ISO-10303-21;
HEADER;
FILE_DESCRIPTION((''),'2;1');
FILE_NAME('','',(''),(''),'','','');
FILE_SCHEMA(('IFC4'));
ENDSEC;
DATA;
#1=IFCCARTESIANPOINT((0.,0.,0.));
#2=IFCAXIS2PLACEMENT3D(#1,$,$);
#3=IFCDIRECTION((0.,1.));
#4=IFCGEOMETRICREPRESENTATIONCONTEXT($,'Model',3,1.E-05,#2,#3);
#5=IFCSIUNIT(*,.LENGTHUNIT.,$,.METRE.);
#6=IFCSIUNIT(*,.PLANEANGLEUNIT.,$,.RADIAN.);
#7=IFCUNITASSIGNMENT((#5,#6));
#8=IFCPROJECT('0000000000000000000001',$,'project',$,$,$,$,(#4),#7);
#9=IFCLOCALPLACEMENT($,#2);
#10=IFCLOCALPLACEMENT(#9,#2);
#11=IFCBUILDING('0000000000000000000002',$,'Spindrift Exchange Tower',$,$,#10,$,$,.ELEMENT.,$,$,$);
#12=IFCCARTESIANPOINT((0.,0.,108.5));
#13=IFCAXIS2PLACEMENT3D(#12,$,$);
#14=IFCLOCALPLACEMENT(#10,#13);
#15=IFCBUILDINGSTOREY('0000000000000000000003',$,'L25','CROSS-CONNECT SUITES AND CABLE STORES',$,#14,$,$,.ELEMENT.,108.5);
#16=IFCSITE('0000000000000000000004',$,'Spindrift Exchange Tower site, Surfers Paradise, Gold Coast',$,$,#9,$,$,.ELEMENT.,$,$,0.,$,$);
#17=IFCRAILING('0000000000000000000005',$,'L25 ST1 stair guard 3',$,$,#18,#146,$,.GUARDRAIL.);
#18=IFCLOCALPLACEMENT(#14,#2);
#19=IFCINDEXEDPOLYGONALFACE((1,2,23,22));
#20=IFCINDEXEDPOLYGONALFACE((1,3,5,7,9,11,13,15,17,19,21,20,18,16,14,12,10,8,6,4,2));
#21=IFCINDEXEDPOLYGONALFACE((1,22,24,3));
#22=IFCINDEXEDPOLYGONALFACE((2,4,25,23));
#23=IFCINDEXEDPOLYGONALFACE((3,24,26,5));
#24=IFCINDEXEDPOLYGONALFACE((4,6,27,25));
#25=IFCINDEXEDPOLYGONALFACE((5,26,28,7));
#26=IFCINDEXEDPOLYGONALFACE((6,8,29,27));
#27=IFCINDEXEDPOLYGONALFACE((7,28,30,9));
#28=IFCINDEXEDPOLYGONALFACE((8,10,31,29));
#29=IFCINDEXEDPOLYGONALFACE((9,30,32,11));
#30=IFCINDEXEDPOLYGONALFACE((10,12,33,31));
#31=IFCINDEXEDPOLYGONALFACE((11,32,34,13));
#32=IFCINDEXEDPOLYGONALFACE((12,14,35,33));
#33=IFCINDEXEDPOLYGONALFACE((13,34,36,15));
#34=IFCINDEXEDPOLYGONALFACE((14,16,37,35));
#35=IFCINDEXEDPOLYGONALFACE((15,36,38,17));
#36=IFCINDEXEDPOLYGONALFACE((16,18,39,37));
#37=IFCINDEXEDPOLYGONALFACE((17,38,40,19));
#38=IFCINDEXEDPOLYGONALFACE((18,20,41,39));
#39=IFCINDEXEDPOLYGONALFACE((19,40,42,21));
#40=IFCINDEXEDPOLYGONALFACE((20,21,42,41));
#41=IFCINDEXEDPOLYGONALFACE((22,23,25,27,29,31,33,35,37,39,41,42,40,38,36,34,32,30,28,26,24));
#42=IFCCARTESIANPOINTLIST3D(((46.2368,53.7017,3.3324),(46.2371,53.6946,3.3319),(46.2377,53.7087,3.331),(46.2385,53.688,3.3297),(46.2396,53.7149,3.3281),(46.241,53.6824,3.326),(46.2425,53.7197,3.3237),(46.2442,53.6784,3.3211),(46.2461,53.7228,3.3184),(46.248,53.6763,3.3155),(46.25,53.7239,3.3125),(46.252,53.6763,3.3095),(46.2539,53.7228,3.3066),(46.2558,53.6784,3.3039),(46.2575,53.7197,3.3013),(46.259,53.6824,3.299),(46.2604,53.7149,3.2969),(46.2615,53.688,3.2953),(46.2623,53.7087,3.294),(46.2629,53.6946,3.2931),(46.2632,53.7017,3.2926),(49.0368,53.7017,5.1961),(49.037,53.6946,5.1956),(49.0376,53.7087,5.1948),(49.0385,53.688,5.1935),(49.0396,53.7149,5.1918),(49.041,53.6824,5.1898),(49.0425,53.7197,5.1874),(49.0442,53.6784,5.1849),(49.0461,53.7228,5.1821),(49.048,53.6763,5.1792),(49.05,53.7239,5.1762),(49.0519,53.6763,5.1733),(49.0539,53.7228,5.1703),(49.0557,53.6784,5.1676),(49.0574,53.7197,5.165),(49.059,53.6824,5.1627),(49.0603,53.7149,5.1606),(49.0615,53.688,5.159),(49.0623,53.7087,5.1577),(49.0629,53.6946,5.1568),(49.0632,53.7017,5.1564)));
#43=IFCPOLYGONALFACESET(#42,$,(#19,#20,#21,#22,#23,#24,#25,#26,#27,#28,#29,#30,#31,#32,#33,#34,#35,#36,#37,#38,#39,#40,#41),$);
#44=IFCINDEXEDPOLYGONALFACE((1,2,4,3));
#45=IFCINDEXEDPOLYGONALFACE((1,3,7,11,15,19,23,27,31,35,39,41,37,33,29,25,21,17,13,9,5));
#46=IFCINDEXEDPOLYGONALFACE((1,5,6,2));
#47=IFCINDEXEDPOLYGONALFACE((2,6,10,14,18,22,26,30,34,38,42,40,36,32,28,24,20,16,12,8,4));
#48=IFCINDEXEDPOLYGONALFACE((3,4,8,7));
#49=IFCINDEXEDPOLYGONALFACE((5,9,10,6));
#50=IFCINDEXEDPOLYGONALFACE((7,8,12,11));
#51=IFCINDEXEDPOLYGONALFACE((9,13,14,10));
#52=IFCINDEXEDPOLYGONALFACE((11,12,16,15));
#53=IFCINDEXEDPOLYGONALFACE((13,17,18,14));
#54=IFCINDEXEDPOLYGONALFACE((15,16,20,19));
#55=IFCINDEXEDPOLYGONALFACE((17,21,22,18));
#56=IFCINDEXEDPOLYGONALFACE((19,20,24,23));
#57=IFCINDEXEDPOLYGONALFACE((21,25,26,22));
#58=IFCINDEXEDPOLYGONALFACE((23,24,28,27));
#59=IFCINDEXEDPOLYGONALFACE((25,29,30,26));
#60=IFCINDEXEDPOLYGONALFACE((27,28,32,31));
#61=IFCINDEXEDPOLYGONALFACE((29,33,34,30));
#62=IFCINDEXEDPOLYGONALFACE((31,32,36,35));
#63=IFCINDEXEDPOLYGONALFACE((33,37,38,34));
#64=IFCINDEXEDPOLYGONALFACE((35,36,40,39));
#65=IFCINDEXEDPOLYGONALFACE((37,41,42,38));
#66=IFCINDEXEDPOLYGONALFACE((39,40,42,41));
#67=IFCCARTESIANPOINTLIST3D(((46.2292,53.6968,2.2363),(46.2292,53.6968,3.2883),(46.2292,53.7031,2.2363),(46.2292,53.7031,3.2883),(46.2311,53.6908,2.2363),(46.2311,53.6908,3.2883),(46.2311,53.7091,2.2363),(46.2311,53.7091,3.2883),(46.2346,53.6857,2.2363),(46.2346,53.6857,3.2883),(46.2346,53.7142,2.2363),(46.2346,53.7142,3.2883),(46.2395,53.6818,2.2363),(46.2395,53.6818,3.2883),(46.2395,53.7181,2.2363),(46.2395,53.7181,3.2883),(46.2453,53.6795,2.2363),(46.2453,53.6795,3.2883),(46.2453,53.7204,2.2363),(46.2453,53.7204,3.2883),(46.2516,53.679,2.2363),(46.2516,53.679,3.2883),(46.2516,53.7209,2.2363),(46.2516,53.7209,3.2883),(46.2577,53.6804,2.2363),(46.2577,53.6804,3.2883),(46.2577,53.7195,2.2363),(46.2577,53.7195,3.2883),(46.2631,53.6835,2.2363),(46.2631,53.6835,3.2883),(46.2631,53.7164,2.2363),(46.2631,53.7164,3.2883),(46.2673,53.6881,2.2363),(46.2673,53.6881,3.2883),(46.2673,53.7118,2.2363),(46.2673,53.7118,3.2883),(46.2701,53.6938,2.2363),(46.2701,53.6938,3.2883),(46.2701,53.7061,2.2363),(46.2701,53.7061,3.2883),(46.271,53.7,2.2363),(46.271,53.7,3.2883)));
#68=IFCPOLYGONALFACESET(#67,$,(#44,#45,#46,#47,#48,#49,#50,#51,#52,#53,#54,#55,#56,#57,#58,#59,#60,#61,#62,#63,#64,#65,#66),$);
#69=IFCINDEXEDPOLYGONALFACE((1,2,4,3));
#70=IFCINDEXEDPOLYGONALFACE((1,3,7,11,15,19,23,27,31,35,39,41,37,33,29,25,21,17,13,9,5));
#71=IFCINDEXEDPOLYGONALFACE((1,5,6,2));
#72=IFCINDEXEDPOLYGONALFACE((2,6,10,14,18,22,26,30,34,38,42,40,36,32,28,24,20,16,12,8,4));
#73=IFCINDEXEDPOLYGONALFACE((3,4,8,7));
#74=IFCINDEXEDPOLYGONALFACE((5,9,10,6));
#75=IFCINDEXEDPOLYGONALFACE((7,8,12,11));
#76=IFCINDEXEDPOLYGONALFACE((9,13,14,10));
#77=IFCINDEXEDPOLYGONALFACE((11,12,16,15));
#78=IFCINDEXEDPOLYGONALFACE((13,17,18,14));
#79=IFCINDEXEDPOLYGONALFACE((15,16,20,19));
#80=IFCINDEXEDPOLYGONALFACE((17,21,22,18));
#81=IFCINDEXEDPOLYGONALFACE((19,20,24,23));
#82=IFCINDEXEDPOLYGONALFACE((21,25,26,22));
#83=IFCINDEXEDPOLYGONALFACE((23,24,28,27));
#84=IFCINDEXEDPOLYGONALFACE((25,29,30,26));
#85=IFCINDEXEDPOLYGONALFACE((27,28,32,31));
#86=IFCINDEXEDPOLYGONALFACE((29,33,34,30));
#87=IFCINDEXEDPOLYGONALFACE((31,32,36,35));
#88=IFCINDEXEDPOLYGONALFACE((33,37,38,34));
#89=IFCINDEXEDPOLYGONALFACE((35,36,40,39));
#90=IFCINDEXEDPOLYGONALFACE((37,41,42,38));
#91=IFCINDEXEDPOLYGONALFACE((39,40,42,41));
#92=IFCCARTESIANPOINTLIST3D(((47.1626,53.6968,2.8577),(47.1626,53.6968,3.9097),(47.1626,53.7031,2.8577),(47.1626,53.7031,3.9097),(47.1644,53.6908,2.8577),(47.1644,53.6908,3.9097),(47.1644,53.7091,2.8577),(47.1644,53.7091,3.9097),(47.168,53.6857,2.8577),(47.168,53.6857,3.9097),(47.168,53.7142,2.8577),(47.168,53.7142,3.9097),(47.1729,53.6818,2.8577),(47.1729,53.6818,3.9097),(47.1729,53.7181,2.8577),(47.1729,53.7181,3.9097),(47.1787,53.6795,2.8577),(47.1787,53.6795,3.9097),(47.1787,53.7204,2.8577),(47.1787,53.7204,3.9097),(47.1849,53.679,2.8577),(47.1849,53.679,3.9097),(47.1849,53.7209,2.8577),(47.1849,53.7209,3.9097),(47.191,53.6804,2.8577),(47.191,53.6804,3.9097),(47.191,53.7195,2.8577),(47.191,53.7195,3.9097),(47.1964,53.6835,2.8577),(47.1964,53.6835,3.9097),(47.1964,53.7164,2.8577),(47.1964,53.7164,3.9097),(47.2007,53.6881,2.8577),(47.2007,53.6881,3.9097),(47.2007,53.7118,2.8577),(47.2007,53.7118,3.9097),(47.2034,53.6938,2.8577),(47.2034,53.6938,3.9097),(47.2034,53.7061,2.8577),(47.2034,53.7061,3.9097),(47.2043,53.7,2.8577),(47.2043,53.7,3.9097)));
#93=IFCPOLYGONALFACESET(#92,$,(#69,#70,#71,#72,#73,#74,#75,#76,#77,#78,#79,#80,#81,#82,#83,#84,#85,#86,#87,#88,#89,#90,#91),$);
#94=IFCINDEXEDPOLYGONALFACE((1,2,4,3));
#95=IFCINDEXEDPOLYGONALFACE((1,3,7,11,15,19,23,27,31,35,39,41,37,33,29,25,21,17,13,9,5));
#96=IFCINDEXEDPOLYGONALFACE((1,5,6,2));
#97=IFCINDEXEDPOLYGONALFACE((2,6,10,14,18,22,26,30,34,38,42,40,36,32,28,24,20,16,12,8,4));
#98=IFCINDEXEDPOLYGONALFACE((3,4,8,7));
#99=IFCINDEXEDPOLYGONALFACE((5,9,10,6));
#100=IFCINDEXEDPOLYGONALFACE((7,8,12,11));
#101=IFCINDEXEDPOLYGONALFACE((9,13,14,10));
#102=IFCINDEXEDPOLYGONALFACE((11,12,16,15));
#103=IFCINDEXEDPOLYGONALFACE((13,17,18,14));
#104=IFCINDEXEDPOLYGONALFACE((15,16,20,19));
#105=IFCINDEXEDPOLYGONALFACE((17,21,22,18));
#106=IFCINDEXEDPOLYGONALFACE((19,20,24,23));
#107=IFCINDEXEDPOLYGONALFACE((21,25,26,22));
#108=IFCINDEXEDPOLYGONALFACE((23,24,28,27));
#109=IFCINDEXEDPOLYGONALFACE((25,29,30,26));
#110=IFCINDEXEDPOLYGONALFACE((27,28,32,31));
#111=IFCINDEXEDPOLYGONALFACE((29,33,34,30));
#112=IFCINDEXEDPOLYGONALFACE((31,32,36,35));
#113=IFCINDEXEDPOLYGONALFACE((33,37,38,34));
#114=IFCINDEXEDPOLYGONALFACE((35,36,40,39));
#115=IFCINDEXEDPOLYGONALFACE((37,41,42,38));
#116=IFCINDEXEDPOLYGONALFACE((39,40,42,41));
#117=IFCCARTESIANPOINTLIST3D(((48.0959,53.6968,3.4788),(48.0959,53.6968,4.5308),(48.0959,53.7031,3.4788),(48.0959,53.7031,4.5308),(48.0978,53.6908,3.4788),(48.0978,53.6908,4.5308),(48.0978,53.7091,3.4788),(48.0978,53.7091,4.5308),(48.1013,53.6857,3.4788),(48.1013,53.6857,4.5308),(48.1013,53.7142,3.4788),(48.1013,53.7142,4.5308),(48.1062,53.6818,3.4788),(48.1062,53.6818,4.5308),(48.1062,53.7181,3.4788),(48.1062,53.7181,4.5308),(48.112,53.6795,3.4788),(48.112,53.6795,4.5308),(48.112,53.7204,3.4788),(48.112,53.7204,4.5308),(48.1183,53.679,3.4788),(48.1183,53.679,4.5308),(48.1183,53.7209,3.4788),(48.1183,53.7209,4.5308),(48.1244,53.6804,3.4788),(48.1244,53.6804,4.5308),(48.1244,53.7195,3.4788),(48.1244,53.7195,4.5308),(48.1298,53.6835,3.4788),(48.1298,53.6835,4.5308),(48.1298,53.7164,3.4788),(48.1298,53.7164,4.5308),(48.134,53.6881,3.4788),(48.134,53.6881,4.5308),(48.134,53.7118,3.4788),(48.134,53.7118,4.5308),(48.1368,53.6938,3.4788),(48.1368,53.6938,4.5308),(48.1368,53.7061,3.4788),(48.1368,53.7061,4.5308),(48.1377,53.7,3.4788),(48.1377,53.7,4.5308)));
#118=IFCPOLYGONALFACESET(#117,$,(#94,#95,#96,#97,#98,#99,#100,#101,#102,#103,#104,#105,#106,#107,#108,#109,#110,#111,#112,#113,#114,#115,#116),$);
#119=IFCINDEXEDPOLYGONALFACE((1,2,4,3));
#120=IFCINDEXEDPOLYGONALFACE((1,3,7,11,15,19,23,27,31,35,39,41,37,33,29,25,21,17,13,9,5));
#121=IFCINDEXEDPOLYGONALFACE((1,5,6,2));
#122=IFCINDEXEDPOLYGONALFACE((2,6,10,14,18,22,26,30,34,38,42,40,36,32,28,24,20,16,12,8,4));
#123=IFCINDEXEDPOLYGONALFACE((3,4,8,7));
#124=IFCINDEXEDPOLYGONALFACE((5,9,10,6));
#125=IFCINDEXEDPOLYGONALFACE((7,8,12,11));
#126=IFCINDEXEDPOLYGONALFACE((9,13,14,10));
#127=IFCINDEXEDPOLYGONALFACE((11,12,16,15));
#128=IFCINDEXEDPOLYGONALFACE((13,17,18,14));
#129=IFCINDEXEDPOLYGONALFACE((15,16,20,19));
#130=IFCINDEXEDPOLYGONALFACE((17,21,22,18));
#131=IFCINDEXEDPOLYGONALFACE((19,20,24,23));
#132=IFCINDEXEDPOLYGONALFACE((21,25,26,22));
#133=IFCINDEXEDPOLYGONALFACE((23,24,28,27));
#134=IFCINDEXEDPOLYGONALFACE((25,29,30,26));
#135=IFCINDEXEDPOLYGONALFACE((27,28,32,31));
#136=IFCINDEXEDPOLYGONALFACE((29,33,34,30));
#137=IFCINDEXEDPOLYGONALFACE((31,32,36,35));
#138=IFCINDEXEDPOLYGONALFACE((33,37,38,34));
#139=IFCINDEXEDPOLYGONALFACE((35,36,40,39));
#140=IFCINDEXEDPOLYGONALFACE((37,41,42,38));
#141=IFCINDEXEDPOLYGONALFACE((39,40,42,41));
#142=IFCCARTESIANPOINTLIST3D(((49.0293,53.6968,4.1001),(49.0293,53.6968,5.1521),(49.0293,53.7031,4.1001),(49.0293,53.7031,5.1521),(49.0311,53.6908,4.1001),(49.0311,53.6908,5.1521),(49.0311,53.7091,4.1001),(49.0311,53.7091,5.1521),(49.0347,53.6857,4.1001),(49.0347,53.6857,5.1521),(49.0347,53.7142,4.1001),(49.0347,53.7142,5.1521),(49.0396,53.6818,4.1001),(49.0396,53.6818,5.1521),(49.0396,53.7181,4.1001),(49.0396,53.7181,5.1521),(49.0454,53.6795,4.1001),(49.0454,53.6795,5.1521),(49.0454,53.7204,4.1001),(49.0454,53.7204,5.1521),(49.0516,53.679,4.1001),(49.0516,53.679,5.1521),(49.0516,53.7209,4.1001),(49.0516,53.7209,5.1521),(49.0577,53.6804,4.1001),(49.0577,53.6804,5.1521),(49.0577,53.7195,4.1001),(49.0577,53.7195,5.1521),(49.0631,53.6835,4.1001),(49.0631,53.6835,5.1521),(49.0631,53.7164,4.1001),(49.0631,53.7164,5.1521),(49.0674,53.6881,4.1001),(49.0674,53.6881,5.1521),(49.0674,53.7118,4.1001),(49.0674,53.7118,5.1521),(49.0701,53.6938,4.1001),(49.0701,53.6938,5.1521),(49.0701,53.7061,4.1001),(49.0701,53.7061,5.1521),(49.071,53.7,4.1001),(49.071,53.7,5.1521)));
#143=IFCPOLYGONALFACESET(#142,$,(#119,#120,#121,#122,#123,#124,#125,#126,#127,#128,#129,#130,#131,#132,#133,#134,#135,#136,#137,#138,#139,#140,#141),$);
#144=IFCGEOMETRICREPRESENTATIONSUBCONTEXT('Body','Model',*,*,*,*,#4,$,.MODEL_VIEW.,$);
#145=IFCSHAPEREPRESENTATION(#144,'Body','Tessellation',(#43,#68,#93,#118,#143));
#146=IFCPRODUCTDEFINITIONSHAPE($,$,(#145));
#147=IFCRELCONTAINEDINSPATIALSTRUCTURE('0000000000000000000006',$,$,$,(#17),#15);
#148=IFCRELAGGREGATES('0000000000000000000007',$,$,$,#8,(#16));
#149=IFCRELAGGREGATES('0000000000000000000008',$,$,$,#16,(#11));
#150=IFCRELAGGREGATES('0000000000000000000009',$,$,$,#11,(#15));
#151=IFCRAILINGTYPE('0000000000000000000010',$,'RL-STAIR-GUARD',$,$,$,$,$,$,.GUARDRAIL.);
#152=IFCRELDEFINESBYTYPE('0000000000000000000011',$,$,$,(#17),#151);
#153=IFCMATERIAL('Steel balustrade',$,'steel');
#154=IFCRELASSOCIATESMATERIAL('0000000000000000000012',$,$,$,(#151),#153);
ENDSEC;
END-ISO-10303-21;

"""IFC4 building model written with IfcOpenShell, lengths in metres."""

from ifc_helpers import new_model, si_unit, direction, frame, origin, origin_2d, place, context, subcontext, project, spatial, circle, extrude, material, type_object, element, save


model = new_model("IFC4")

# Units and contexts
model_context = context("Model", 3, precision=1e-05, world=origin(), true_north=direction((0.0, 1.0)))
body_context = subcontext(model_context, "Body", "Model", "MODEL_VIEW")
ifc_project = project(units=[si_unit("LENGTHUNIT", "METRE"), si_unit("PLANEANGLEUNIT", "RADIAN")], contexts=[model_context])

# Site, building, storey
site_placement = place(None, origin())
site = spatial("IfcSite", under=ifc_project, at=site_placement, Name="Spindrift Exchange Tower site, Surfers Paradise, Gold Coast", CompositionType="ELEMENT", RefElevation=0.0)
building_placement = place(site_placement, origin())
building = spatial("IfcBuilding", under=site, at=building_placement, Name="Spindrift Exchange Tower", CompositionType="ELEMENT")
storey_placement = place(building_placement, frame((0.0, 0.0, 108.5)))
storey = spatial("IfcBuildingStorey", under=building, at=storey_placement, Name="L25", Description="CROSS-CONNECT SUITES AND CABLE STORES", CompositionType="ELEMENT", Elevation=108.5)

# Railing
ifc_material_1 = material(Name="Steel balustrade", Category="steel")
railing_type_1 = type_object("IfcRailingType", Name="RL-STAIR-GUARD", PredefinedType="GUARDRAIL", material=ifc_material_1)
railing_1_placement = place(storey_placement, frame((46.25, 53.7, 2.2363)))
element("IfcRailing", 1, at=railing_1_placement, inside=storey, type_object=railing_type_1, Name="L25 ST1 stair guard 3", PredefinedType="GUARDRAIL", context=body_context, shape_type="SweptSolid", body=[
    extrude(circle(Radius=0.0239, at=origin_2d()), frame((0.0, 0.0, 1.0762), z_axis=(0.832452, 0.0, 0.554097), x_axis=(0.0, 1.0, 0.0)), (0.0, 0.0, 1.0), 3.3635),
    extrude(circle(Radius=0.021, at=origin_2d()), origin(), (0.0, 0.0, 1.0), 1.052),
    extrude(circle(Radius=0.021, at=origin_2d()), frame((0.9333, 0.0, 0.6213)), (0.0, 0.0, 1.0), 1.052),
    extrude(circle(Radius=0.021, at=origin_2d()), frame((1.8667, 0.0, 1.2424)), (0.0, 0.0, 1.0), 1.052),
    extrude(circle(Radius=0.021, at=origin_2d()), frame((2.8, 0.0, 1.8638)), (0.0, 0.0, 1.0), 1.052),
])

save(model, "model.ifc")
